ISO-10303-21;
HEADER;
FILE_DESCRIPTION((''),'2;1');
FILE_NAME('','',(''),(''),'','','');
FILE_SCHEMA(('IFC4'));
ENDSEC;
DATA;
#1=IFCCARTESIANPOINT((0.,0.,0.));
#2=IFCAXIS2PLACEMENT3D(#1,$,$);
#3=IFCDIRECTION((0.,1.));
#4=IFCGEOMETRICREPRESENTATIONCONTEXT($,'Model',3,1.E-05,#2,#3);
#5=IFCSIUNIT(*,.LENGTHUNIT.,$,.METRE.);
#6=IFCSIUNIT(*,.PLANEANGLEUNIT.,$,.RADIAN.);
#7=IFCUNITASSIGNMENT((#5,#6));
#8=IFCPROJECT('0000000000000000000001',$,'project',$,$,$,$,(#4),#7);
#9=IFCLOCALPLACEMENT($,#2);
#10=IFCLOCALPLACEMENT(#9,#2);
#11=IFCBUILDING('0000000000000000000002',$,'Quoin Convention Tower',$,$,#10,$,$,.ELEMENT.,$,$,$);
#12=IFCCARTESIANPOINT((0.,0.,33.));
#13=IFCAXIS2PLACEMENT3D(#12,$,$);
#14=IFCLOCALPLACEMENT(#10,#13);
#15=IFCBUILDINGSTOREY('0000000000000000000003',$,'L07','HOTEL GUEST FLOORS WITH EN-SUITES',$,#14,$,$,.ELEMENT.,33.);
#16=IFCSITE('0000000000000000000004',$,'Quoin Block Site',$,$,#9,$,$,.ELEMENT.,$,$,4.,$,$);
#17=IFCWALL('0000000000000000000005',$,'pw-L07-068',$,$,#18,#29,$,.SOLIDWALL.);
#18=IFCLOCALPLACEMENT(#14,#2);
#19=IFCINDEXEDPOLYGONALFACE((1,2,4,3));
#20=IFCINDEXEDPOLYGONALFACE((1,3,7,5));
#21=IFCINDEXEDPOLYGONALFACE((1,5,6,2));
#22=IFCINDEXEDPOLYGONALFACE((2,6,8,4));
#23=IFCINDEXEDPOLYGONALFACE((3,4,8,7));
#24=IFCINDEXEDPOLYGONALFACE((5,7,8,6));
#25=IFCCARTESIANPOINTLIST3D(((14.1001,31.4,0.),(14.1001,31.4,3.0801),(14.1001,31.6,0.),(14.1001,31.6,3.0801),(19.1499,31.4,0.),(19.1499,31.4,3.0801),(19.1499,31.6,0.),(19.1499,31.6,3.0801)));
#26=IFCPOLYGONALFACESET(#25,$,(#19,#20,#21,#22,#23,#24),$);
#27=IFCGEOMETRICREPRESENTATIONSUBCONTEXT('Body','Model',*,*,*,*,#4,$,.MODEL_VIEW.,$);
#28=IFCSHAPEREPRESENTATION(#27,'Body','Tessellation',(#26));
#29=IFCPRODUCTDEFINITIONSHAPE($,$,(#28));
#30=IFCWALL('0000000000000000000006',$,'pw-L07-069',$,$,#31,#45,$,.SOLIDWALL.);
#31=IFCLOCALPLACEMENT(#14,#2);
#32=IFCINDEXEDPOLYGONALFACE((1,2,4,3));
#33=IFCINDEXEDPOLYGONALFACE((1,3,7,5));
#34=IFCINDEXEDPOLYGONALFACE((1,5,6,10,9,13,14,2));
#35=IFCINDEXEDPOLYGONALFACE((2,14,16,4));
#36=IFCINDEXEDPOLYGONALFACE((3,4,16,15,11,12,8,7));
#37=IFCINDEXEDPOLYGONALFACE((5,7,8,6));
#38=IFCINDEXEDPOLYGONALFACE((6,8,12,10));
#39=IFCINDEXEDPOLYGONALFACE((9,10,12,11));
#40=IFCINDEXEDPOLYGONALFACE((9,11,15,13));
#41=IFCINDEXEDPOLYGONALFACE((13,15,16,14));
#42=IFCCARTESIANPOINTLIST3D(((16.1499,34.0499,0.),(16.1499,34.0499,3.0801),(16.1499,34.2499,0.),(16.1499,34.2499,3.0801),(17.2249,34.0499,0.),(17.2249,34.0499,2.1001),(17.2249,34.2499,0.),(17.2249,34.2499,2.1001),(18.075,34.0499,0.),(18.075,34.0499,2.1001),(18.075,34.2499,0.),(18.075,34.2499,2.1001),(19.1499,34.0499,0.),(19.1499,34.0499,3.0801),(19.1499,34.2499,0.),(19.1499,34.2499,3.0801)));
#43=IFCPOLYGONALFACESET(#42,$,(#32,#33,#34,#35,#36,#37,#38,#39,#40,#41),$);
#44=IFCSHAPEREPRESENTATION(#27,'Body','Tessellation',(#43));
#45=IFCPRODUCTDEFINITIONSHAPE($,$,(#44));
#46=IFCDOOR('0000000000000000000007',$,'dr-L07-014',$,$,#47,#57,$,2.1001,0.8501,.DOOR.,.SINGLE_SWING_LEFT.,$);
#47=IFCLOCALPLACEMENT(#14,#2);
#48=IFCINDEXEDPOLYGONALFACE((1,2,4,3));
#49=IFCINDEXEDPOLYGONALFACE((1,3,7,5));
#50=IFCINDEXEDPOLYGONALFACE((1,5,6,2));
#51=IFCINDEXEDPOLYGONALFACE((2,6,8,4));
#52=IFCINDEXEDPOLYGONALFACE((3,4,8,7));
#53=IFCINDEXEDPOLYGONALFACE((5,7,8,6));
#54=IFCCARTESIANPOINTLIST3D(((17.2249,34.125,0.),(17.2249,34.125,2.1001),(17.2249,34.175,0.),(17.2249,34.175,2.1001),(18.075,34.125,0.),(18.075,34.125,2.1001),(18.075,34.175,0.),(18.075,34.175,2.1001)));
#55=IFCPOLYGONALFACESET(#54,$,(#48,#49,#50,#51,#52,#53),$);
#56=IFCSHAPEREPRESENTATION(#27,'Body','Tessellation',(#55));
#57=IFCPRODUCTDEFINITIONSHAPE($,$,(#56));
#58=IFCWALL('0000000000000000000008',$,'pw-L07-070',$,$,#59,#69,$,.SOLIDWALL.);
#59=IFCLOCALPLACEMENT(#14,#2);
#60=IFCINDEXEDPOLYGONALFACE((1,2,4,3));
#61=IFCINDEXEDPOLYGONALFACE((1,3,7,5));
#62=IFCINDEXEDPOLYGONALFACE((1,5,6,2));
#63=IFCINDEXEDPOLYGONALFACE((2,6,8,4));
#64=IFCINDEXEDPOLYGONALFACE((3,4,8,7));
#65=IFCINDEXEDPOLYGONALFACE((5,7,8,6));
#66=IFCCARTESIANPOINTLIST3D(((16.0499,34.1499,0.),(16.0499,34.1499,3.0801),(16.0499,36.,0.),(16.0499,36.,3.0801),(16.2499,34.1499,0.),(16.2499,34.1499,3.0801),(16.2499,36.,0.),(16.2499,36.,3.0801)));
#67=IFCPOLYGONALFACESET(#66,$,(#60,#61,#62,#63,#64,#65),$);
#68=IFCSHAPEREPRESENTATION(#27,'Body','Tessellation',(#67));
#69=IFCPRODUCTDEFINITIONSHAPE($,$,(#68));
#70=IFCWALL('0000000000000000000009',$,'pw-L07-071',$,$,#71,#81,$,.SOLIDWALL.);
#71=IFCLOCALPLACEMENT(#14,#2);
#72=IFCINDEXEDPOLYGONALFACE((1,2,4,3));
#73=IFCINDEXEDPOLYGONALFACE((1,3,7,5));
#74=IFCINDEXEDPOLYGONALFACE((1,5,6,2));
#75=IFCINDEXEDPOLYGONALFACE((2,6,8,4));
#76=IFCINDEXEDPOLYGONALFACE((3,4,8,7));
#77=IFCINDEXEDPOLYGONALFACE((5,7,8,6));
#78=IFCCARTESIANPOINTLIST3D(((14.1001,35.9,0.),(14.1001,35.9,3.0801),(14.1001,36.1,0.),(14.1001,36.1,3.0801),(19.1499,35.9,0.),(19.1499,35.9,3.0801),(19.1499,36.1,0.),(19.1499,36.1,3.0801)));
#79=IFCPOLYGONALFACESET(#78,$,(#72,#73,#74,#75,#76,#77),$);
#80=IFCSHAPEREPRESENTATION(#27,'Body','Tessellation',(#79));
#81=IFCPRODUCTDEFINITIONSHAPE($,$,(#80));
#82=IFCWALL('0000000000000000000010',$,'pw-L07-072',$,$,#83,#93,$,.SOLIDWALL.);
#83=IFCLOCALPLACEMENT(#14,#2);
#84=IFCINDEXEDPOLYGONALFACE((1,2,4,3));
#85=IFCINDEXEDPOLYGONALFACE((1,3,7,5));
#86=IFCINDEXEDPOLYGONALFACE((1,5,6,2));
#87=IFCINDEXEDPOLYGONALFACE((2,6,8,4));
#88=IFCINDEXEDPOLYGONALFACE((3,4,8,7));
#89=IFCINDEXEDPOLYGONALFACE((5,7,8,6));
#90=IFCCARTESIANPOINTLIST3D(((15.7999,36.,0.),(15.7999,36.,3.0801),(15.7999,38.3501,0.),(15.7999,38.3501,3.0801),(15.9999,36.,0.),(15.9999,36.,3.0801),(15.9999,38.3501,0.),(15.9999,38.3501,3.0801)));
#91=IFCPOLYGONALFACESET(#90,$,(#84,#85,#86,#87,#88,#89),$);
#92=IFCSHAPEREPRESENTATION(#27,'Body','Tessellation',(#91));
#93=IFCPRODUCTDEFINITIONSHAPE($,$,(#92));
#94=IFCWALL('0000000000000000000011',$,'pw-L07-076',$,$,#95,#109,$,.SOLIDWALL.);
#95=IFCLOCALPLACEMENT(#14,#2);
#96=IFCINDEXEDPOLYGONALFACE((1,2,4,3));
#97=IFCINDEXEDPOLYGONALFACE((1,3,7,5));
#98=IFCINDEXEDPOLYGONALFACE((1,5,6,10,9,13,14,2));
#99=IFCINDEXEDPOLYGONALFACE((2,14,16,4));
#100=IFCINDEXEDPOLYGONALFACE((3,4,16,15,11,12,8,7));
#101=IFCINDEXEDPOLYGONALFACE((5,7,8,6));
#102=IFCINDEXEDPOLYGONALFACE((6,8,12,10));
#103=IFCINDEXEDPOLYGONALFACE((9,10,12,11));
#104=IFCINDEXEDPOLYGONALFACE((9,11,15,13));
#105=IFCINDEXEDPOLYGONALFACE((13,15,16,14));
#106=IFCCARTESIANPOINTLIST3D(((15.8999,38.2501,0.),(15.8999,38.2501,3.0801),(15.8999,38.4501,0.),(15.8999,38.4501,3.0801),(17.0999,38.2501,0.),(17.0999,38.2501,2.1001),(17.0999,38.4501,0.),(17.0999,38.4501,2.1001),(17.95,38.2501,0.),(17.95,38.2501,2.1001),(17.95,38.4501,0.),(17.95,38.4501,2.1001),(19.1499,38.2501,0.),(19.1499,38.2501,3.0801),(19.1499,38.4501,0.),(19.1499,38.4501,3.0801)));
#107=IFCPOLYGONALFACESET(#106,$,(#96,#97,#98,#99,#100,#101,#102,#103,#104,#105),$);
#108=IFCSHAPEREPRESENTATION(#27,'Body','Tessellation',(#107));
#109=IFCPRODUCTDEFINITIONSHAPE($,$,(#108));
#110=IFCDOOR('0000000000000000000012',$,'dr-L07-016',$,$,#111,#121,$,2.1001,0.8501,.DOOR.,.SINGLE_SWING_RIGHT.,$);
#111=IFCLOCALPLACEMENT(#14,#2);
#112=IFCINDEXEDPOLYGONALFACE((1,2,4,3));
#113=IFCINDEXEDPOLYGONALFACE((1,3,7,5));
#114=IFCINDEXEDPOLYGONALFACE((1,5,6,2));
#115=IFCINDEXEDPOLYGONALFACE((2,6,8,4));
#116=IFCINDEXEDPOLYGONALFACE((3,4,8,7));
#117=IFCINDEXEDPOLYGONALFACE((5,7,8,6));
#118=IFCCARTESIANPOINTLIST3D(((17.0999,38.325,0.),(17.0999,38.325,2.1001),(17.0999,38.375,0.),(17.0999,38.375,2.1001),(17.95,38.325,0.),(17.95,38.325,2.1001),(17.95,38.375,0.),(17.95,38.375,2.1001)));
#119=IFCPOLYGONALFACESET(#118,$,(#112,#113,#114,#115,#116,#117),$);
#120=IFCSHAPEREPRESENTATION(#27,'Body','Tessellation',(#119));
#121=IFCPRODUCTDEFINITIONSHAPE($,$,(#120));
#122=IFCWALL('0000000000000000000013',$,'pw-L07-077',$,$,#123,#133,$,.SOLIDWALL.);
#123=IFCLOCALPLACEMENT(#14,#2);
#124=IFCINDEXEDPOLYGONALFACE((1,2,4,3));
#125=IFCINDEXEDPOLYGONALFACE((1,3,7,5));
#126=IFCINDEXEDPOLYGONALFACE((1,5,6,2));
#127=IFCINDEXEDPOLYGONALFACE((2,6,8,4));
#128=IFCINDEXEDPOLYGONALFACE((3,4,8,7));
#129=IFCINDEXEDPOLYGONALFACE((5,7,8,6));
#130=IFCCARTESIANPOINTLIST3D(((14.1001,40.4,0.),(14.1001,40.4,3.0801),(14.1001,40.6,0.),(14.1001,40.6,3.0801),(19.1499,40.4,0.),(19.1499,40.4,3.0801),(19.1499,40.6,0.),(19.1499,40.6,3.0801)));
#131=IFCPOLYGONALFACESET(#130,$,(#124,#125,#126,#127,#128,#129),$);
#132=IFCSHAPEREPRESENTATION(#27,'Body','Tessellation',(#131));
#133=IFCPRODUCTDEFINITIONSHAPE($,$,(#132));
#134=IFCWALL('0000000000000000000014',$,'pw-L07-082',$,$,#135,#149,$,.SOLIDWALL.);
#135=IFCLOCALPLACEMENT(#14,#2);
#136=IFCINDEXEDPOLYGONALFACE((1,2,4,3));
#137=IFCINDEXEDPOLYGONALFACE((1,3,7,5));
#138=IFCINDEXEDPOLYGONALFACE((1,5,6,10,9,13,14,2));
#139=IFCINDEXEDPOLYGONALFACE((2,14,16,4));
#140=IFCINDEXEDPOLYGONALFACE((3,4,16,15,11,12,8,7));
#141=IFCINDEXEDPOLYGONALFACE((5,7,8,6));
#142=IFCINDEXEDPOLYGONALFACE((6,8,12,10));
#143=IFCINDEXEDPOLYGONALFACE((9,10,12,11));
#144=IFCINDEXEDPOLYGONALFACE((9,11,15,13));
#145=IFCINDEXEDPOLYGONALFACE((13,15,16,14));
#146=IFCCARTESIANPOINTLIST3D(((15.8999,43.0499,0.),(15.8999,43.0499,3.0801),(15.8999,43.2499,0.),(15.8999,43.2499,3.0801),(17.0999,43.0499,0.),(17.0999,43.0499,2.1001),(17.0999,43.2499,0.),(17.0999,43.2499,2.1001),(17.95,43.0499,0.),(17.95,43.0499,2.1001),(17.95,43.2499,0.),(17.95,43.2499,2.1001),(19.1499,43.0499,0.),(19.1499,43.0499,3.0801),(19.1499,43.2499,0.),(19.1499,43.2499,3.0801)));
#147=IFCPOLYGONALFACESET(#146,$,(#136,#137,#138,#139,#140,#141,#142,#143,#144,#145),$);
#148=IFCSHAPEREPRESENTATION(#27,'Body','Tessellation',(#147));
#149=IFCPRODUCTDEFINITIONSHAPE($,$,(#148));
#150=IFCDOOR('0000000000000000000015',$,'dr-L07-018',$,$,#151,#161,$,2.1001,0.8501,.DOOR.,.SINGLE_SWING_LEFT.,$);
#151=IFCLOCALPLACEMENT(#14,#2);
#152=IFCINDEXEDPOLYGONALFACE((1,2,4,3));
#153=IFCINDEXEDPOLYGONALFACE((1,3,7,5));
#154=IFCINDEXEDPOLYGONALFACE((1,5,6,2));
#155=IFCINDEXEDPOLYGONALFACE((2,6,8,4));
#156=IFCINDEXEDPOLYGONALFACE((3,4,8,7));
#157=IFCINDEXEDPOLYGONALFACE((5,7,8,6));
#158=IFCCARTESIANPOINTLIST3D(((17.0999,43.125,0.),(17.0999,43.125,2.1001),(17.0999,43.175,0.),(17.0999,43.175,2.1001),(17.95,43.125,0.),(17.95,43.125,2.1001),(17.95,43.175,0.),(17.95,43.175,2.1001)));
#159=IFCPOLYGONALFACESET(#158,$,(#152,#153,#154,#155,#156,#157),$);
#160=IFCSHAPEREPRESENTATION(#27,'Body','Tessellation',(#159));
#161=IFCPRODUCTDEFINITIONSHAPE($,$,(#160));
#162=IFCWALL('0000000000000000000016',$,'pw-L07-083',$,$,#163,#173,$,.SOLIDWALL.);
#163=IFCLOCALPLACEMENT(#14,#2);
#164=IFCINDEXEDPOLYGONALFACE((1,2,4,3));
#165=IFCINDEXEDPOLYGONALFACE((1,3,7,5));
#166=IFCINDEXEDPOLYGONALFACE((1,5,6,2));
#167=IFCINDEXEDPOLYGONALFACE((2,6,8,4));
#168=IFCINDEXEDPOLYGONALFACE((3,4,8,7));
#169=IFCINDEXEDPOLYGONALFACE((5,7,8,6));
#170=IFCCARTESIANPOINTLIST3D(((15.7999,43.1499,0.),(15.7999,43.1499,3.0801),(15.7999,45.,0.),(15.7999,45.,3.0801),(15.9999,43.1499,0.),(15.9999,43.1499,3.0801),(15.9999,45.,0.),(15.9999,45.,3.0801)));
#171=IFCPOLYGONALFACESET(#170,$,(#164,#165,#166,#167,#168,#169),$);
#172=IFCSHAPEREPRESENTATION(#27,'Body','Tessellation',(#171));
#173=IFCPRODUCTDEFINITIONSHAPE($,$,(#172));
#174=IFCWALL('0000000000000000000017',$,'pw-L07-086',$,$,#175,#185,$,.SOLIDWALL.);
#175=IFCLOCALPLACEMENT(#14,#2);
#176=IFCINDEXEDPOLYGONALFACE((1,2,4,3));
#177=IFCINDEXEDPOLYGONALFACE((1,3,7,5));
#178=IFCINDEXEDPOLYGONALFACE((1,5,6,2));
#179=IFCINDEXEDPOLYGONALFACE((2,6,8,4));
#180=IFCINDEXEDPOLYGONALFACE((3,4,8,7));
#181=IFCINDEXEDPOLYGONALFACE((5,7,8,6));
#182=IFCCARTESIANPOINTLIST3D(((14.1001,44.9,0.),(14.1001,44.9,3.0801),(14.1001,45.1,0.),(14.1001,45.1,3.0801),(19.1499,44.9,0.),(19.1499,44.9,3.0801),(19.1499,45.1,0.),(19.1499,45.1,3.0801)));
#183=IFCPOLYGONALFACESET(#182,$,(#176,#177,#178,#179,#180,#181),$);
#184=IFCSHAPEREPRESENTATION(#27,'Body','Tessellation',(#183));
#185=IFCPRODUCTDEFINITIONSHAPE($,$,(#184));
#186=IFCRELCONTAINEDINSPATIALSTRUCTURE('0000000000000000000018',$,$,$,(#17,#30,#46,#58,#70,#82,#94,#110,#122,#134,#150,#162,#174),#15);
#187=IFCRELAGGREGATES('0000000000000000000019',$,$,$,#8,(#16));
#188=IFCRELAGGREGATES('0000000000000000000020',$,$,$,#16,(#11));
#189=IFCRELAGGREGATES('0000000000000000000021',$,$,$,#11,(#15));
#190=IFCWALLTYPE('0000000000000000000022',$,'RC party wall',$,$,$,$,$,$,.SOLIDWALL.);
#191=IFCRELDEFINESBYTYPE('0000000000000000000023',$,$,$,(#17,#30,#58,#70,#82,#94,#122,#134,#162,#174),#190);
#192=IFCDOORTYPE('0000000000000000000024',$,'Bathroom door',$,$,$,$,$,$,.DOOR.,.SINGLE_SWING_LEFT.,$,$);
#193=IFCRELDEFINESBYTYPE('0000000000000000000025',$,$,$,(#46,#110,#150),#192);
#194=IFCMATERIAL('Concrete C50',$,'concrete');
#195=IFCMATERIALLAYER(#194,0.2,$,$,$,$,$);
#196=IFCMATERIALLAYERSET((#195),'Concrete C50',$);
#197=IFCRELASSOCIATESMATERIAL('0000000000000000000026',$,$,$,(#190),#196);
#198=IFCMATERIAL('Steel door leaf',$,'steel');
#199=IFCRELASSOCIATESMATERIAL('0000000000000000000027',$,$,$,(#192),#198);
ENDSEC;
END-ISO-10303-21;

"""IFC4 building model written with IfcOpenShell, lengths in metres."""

from ifc_helpers import new_model, si_unit, direction, frame, frame_2d, origin, place, context, subcontext, project, spatial, rectangle, extrude, material, layer, layer_set, type_object, element, fill, save


model = new_model("IFC4")

# Units and contexts
model_context = context("Model", 3, precision=1e-05, world=origin(), true_north=direction((0.0, 1.0)))
body_context = subcontext(model_context, "Body", "Model", "MODEL_VIEW")
ifc_project = project(units=[si_unit("LENGTHUNIT", "METRE"), si_unit("PLANEANGLEUNIT", "RADIAN")], contexts=[model_context])

# Site, building, storey
site_placement = place(None, origin())
site = spatial("IfcSite", under=ifc_project, at=site_placement, Name="Quoin Block Site", CompositionType="ELEMENT", RefElevation=4.0)
building_placement = place(site_placement, origin())
building = spatial("IfcBuilding", under=site, at=building_placement, Name="Quoin Convention Tower", CompositionType="ELEMENT")
storey_placement = place(building_placement, frame((0.0, 0.0, 33.0)))
storey = spatial("IfcBuildingStorey", under=building, at=storey_placement, Name="L07", Description="HOTEL GUEST FLOORS WITH EN-SUITES", CompositionType="ELEMENT", Elevation=33.0)

# Wall
ifc_material_1 = material(Name="Concrete C50", Category="concrete")
ifc_layer_1 = layer(ifc_material_1, 0.2)
ifc_layer_set_1 = layer_set([ifc_layer_1], Name="Concrete C50")
wall_type_1 = type_object("IfcWallType", Name="RC party wall", PredefinedType="SOLIDWALL", material=ifc_layer_set_1)
wall_1_placement = place(storey_placement, frame((14.1001, 31.5, 0.0), z_axis=(0.0, 0.0, 1.0), x_axis=(1.0, 0.0, 0.0)))
element("IfcWall", 1, at=wall_1_placement, inside=storey, type_object=wall_type_1, Name="pw-L07-068", PredefinedType="SOLIDWALL", context=body_context, shape_type="SweptSolid", body=[
    extrude(rectangle(XDim=5.0498, YDim=0.2, at=frame_2d((2.5249, 0.0))), origin(), (0.0, 0.0, 1.0), 3.0801),
])

# Wall, opening, door
wall_2_placement = place(storey_placement, frame((16.1499, 34.1499, 0.0), z_axis=(0.0, 0.0, 1.0), x_axis=(1.0, 0.0, 0.0)))
wall_2 = element("IfcWall", 2, at=wall_2_placement, inside=storey, type_object=wall_type_1, Name="pw-L07-069", PredefinedType="SOLIDWALL", context=body_context, shape_type="SweptSolid", body=[
    extrude(rectangle(XDim=3.0, YDim=0.2, at=frame_2d((1.5, 0.0))), origin(), (0.0, 0.0, 1.0), 3.0801),
])
opening_1_placement = place(wall_2_placement, frame((1.075, 0.0, 0.0)))
opening_1 = element("IfcOpeningElement", 3, at=opening_1_placement, cuts=wall_2, PredefinedType="OPENING", context=body_context, shape_type="SweptSolid", body=[
    extrude(rectangle(XDim=0.8501, YDim=2.1001, at=frame_2d((0.425, 1.05))), frame((0.0, 0.1099, 0.0), z_axis=(0.0, -1.0, 0.0), x_axis=(1.0, 0.0, 0.0)), (0.0, 0.0, 1.0), 0.22),
])
ifc_material_2 = material(Name="Steel door leaf", Category="steel")
door_type_1 = type_object("IfcDoorType", Name="Bathroom door", OperationType="SINGLE_SWING_LEFT", PredefinedType="DOOR", material=ifc_material_2)
door_1_placement = place(opening_1_placement, frame((0.8501, 0.0, 0.0), z_axis=(0.0, 0.0, 1.0), x_axis=(-1.0, 0.0, 0.0)))
door_1 = element("IfcDoor", 4, at=door_1_placement, inside=storey, type_object=door_type_1, Name="dr-L07-014", OperationType="SINGLE_SWING_LEFT", OverallHeight=2.1001, OverallWidth=0.8501, PredefinedType="DOOR", context=body_context, shape_type="SweptSolid", body=[
    extrude(rectangle(XDim=0.8501, YDim=2.1001, at=frame_2d((0.425, 1.05))), frame((0.0, 0.0249, 0.0), z_axis=(0.0, -1.0, 0.0), x_axis=(1.0, 0.0, 0.0)), (0.0, 0.0, 1.0), 0.05),
])
fill(opening_1, door_1)

# Walls
wall_3_placement = place(storey_placement, frame((16.1499, 34.1499, 0.0), z_axis=(0.0, 0.0, 1.0), x_axis=(0.0, 1.0, 0.0)))
element("IfcWall", 5, at=wall_3_placement, inside=storey, type_object=wall_type_1, Name="pw-L07-070", PredefinedType="SOLIDWALL", context=body_context, shape_type="SweptSolid", body=[
    extrude(rectangle(XDim=1.8501, YDim=0.2, at=frame_2d((0.925, 0.0))), origin(), (0.0, 0.0, 1.0), 3.0801),
])
wall_4_placement = place(storey_placement, frame((14.1001, 36.0, 0.0), z_axis=(0.0, 0.0, 1.0), x_axis=(1.0, 0.0, 0.0)))
element("IfcWall", 6, at=wall_4_placement, inside=storey, type_object=wall_type_1, Name="pw-L07-071", PredefinedType="SOLIDWALL", context=body_context, shape_type="SweptSolid", body=[
    extrude(rectangle(XDim=5.0498, YDim=0.2, at=frame_2d((2.5249, 0.0))), origin(), (0.0, 0.0, 1.0), 3.0801),
])
wall_5_placement = place(storey_placement, frame((15.8999, 36.0, 0.0), z_axis=(0.0, 0.0, 1.0), x_axis=(0.0, 1.0, 0.0)))
element("IfcWall", 7, at=wall_5_placement, inside=storey, type_object=wall_type_1, Name="pw-L07-072", PredefinedType="SOLIDWALL", context=body_context, shape_type="SweptSolid", body=[
    extrude(rectangle(XDim=2.3501, YDim=0.2, at=frame_2d((1.175, 0.0))), origin(), (0.0, 0.0, 1.0), 3.0801),
])

# Wall, opening, door
wall_6_placement = place(storey_placement, frame((15.8999, 38.3501, 0.0), z_axis=(0.0, 0.0, 1.0), x_axis=(1.0, 0.0, 0.0)))
wall_6 = element("IfcWall", 8, at=wall_6_placement, inside=storey, type_object=wall_type_1, Name="pw-L07-076", PredefinedType="SOLIDWALL", context=body_context, shape_type="SweptSolid", body=[
    extrude(rectangle(XDim=3.25, YDim=0.2, at=frame_2d((1.625, 0.0))), origin(), (0.0, 0.0, 1.0), 3.0801),
])
opening_2_placement = place(wall_6_placement, frame((1.2, 0.0, 0.0)))
opening_2 = element("IfcOpeningElement", 9, at=opening_2_placement, cuts=wall_6, PredefinedType="OPENING", context=body_context, shape_type="SweptSolid", body=[
    extrude(rectangle(XDim=0.8501, YDim=2.1001, at=frame_2d((0.425, 1.05))), frame((0.0, 0.1099, 0.0), z_axis=(0.0, -1.0, 0.0), x_axis=(1.0, 0.0, 0.0)), (0.0, 0.0, 1.0), 0.22),
])
door_2_placement = place(opening_2_placement, origin())
door_2 = element("IfcDoor", 10, at=door_2_placement, inside=storey, type_object=door_type_1, Name="dr-L07-016", OperationType="SINGLE_SWING_RIGHT", OverallHeight=2.1001, OverallWidth=0.8501, PredefinedType="DOOR", context=body_context, shape_type="SweptSolid", body=[
    extrude(rectangle(XDim=0.8501, YDim=2.1001, at=frame_2d((0.425, 1.05))), frame((0.0, 0.0249, 0.0), z_axis=(0.0, -1.0, 0.0), x_axis=(1.0, 0.0, 0.0)), (0.0, 0.0, 1.0), 0.05),
])
fill(opening_2, door_2)

# Wall
wall_7_placement = place(storey_placement, frame((14.1001, 40.5, 0.0), z_axis=(0.0, 0.0, 1.0), x_axis=(1.0, 0.0, 0.0)))
element("IfcWall", 11, at=wall_7_placement, inside=storey, type_object=wall_type_1, Name="pw-L07-077", PredefinedType="SOLIDWALL", context=body_context, shape_type="SweptSolid", body=[
    extrude(rectangle(XDim=5.0498, YDim=0.2, at=frame_2d((2.5249, 0.0))), origin(), (0.0, 0.0, 1.0), 3.0801),
])

# Wall, opening, door
wall_8_placement = place(storey_placement, frame((15.8999, 43.1499, 0.0), z_axis=(0.0, 0.0, 1.0), x_axis=(1.0, 0.0, 0.0)))
wall_8 = element("IfcWall", 12, at=wall_8_placement, inside=storey, type_object=wall_type_1, Name="pw-L07-082", PredefinedType="SOLIDWALL", context=body_context, shape_type="SweptSolid", body=[
    extrude(rectangle(XDim=3.25, YDim=0.2, at=frame_2d((1.625, 0.0))), origin(), (0.0, 0.0, 1.0), 3.0801),
])
opening_3_placement = place(wall_8_placement, frame((1.2, 0.0, 0.0)))
opening_3 = element("IfcOpeningElement", 13, at=opening_3_placement, cuts=wall_8, PredefinedType="OPENING", context=body_context, shape_type="SweptSolid", body=[
    extrude(rectangle(XDim=0.8501, YDim=2.1001, at=frame_2d((0.425, 1.05))), frame((0.0, 0.1099, 0.0), z_axis=(0.0, -1.0, 0.0), x_axis=(1.0, 0.0, 0.0)), (0.0, 0.0, 1.0), 0.22),
])
door_3_placement = place(opening_3_placement, frame((0.8501, 0.0, 0.0), z_axis=(0.0, 0.0, 1.0), x_axis=(-1.0, 0.0, 0.0)))
door_3 = element("IfcDoor", 14, at=door_3_placement, inside=storey, type_object=door_type_1, Name="dr-L07-018", OperationType="SINGLE_SWING_LEFT", OverallHeight=2.1001, OverallWidth=0.8501, PredefinedType="DOOR", context=body_context, shape_type="SweptSolid", body=[
    extrude(rectangle(XDim=0.8501, YDim=2.1001, at=frame_2d((0.425, 1.05))), frame((0.0, 0.0249, 0.0), z_axis=(0.0, -1.0, 0.0), x_axis=(1.0, 0.0, 0.0)), (0.0, 0.0, 1.0), 0.05),
])
fill(opening_3, door_3)

# Walls
wall_9_placement = place(storey_placement, frame((15.8999, 43.1499, 0.0), z_axis=(0.0, 0.0, 1.0), x_axis=(0.0, 1.0, 0.0)))
element("IfcWall", 15, at=wall_9_placement, inside=storey, type_object=wall_type_1, Name="pw-L07-083", PredefinedType="SOLIDWALL", context=body_context, shape_type="SweptSolid", body=[
    extrude(rectangle(XDim=1.8501, YDim=0.2, at=frame_2d((0.925, 0.0))), origin(), (0.0, 0.0, 1.0), 3.0801),
])
wall_10_placement = place(storey_placement, frame((14.1001, 45.0, 0.0), z_axis=(0.0, 0.0, 1.0), x_axis=(1.0, 0.0, 0.0)))
element("IfcWall", 16, at=wall_10_placement, inside=storey, type_object=wall_type_1, Name="pw-L07-086", PredefinedType="SOLIDWALL", context=body_context, shape_type="SweptSolid", body=[
    extrude(rectangle(XDim=5.0498, YDim=0.2, at=frame_2d((2.5249, 0.0))), origin(), (0.0, 0.0, 1.0), 3.0801),
])

save(model, "model.ifc")
